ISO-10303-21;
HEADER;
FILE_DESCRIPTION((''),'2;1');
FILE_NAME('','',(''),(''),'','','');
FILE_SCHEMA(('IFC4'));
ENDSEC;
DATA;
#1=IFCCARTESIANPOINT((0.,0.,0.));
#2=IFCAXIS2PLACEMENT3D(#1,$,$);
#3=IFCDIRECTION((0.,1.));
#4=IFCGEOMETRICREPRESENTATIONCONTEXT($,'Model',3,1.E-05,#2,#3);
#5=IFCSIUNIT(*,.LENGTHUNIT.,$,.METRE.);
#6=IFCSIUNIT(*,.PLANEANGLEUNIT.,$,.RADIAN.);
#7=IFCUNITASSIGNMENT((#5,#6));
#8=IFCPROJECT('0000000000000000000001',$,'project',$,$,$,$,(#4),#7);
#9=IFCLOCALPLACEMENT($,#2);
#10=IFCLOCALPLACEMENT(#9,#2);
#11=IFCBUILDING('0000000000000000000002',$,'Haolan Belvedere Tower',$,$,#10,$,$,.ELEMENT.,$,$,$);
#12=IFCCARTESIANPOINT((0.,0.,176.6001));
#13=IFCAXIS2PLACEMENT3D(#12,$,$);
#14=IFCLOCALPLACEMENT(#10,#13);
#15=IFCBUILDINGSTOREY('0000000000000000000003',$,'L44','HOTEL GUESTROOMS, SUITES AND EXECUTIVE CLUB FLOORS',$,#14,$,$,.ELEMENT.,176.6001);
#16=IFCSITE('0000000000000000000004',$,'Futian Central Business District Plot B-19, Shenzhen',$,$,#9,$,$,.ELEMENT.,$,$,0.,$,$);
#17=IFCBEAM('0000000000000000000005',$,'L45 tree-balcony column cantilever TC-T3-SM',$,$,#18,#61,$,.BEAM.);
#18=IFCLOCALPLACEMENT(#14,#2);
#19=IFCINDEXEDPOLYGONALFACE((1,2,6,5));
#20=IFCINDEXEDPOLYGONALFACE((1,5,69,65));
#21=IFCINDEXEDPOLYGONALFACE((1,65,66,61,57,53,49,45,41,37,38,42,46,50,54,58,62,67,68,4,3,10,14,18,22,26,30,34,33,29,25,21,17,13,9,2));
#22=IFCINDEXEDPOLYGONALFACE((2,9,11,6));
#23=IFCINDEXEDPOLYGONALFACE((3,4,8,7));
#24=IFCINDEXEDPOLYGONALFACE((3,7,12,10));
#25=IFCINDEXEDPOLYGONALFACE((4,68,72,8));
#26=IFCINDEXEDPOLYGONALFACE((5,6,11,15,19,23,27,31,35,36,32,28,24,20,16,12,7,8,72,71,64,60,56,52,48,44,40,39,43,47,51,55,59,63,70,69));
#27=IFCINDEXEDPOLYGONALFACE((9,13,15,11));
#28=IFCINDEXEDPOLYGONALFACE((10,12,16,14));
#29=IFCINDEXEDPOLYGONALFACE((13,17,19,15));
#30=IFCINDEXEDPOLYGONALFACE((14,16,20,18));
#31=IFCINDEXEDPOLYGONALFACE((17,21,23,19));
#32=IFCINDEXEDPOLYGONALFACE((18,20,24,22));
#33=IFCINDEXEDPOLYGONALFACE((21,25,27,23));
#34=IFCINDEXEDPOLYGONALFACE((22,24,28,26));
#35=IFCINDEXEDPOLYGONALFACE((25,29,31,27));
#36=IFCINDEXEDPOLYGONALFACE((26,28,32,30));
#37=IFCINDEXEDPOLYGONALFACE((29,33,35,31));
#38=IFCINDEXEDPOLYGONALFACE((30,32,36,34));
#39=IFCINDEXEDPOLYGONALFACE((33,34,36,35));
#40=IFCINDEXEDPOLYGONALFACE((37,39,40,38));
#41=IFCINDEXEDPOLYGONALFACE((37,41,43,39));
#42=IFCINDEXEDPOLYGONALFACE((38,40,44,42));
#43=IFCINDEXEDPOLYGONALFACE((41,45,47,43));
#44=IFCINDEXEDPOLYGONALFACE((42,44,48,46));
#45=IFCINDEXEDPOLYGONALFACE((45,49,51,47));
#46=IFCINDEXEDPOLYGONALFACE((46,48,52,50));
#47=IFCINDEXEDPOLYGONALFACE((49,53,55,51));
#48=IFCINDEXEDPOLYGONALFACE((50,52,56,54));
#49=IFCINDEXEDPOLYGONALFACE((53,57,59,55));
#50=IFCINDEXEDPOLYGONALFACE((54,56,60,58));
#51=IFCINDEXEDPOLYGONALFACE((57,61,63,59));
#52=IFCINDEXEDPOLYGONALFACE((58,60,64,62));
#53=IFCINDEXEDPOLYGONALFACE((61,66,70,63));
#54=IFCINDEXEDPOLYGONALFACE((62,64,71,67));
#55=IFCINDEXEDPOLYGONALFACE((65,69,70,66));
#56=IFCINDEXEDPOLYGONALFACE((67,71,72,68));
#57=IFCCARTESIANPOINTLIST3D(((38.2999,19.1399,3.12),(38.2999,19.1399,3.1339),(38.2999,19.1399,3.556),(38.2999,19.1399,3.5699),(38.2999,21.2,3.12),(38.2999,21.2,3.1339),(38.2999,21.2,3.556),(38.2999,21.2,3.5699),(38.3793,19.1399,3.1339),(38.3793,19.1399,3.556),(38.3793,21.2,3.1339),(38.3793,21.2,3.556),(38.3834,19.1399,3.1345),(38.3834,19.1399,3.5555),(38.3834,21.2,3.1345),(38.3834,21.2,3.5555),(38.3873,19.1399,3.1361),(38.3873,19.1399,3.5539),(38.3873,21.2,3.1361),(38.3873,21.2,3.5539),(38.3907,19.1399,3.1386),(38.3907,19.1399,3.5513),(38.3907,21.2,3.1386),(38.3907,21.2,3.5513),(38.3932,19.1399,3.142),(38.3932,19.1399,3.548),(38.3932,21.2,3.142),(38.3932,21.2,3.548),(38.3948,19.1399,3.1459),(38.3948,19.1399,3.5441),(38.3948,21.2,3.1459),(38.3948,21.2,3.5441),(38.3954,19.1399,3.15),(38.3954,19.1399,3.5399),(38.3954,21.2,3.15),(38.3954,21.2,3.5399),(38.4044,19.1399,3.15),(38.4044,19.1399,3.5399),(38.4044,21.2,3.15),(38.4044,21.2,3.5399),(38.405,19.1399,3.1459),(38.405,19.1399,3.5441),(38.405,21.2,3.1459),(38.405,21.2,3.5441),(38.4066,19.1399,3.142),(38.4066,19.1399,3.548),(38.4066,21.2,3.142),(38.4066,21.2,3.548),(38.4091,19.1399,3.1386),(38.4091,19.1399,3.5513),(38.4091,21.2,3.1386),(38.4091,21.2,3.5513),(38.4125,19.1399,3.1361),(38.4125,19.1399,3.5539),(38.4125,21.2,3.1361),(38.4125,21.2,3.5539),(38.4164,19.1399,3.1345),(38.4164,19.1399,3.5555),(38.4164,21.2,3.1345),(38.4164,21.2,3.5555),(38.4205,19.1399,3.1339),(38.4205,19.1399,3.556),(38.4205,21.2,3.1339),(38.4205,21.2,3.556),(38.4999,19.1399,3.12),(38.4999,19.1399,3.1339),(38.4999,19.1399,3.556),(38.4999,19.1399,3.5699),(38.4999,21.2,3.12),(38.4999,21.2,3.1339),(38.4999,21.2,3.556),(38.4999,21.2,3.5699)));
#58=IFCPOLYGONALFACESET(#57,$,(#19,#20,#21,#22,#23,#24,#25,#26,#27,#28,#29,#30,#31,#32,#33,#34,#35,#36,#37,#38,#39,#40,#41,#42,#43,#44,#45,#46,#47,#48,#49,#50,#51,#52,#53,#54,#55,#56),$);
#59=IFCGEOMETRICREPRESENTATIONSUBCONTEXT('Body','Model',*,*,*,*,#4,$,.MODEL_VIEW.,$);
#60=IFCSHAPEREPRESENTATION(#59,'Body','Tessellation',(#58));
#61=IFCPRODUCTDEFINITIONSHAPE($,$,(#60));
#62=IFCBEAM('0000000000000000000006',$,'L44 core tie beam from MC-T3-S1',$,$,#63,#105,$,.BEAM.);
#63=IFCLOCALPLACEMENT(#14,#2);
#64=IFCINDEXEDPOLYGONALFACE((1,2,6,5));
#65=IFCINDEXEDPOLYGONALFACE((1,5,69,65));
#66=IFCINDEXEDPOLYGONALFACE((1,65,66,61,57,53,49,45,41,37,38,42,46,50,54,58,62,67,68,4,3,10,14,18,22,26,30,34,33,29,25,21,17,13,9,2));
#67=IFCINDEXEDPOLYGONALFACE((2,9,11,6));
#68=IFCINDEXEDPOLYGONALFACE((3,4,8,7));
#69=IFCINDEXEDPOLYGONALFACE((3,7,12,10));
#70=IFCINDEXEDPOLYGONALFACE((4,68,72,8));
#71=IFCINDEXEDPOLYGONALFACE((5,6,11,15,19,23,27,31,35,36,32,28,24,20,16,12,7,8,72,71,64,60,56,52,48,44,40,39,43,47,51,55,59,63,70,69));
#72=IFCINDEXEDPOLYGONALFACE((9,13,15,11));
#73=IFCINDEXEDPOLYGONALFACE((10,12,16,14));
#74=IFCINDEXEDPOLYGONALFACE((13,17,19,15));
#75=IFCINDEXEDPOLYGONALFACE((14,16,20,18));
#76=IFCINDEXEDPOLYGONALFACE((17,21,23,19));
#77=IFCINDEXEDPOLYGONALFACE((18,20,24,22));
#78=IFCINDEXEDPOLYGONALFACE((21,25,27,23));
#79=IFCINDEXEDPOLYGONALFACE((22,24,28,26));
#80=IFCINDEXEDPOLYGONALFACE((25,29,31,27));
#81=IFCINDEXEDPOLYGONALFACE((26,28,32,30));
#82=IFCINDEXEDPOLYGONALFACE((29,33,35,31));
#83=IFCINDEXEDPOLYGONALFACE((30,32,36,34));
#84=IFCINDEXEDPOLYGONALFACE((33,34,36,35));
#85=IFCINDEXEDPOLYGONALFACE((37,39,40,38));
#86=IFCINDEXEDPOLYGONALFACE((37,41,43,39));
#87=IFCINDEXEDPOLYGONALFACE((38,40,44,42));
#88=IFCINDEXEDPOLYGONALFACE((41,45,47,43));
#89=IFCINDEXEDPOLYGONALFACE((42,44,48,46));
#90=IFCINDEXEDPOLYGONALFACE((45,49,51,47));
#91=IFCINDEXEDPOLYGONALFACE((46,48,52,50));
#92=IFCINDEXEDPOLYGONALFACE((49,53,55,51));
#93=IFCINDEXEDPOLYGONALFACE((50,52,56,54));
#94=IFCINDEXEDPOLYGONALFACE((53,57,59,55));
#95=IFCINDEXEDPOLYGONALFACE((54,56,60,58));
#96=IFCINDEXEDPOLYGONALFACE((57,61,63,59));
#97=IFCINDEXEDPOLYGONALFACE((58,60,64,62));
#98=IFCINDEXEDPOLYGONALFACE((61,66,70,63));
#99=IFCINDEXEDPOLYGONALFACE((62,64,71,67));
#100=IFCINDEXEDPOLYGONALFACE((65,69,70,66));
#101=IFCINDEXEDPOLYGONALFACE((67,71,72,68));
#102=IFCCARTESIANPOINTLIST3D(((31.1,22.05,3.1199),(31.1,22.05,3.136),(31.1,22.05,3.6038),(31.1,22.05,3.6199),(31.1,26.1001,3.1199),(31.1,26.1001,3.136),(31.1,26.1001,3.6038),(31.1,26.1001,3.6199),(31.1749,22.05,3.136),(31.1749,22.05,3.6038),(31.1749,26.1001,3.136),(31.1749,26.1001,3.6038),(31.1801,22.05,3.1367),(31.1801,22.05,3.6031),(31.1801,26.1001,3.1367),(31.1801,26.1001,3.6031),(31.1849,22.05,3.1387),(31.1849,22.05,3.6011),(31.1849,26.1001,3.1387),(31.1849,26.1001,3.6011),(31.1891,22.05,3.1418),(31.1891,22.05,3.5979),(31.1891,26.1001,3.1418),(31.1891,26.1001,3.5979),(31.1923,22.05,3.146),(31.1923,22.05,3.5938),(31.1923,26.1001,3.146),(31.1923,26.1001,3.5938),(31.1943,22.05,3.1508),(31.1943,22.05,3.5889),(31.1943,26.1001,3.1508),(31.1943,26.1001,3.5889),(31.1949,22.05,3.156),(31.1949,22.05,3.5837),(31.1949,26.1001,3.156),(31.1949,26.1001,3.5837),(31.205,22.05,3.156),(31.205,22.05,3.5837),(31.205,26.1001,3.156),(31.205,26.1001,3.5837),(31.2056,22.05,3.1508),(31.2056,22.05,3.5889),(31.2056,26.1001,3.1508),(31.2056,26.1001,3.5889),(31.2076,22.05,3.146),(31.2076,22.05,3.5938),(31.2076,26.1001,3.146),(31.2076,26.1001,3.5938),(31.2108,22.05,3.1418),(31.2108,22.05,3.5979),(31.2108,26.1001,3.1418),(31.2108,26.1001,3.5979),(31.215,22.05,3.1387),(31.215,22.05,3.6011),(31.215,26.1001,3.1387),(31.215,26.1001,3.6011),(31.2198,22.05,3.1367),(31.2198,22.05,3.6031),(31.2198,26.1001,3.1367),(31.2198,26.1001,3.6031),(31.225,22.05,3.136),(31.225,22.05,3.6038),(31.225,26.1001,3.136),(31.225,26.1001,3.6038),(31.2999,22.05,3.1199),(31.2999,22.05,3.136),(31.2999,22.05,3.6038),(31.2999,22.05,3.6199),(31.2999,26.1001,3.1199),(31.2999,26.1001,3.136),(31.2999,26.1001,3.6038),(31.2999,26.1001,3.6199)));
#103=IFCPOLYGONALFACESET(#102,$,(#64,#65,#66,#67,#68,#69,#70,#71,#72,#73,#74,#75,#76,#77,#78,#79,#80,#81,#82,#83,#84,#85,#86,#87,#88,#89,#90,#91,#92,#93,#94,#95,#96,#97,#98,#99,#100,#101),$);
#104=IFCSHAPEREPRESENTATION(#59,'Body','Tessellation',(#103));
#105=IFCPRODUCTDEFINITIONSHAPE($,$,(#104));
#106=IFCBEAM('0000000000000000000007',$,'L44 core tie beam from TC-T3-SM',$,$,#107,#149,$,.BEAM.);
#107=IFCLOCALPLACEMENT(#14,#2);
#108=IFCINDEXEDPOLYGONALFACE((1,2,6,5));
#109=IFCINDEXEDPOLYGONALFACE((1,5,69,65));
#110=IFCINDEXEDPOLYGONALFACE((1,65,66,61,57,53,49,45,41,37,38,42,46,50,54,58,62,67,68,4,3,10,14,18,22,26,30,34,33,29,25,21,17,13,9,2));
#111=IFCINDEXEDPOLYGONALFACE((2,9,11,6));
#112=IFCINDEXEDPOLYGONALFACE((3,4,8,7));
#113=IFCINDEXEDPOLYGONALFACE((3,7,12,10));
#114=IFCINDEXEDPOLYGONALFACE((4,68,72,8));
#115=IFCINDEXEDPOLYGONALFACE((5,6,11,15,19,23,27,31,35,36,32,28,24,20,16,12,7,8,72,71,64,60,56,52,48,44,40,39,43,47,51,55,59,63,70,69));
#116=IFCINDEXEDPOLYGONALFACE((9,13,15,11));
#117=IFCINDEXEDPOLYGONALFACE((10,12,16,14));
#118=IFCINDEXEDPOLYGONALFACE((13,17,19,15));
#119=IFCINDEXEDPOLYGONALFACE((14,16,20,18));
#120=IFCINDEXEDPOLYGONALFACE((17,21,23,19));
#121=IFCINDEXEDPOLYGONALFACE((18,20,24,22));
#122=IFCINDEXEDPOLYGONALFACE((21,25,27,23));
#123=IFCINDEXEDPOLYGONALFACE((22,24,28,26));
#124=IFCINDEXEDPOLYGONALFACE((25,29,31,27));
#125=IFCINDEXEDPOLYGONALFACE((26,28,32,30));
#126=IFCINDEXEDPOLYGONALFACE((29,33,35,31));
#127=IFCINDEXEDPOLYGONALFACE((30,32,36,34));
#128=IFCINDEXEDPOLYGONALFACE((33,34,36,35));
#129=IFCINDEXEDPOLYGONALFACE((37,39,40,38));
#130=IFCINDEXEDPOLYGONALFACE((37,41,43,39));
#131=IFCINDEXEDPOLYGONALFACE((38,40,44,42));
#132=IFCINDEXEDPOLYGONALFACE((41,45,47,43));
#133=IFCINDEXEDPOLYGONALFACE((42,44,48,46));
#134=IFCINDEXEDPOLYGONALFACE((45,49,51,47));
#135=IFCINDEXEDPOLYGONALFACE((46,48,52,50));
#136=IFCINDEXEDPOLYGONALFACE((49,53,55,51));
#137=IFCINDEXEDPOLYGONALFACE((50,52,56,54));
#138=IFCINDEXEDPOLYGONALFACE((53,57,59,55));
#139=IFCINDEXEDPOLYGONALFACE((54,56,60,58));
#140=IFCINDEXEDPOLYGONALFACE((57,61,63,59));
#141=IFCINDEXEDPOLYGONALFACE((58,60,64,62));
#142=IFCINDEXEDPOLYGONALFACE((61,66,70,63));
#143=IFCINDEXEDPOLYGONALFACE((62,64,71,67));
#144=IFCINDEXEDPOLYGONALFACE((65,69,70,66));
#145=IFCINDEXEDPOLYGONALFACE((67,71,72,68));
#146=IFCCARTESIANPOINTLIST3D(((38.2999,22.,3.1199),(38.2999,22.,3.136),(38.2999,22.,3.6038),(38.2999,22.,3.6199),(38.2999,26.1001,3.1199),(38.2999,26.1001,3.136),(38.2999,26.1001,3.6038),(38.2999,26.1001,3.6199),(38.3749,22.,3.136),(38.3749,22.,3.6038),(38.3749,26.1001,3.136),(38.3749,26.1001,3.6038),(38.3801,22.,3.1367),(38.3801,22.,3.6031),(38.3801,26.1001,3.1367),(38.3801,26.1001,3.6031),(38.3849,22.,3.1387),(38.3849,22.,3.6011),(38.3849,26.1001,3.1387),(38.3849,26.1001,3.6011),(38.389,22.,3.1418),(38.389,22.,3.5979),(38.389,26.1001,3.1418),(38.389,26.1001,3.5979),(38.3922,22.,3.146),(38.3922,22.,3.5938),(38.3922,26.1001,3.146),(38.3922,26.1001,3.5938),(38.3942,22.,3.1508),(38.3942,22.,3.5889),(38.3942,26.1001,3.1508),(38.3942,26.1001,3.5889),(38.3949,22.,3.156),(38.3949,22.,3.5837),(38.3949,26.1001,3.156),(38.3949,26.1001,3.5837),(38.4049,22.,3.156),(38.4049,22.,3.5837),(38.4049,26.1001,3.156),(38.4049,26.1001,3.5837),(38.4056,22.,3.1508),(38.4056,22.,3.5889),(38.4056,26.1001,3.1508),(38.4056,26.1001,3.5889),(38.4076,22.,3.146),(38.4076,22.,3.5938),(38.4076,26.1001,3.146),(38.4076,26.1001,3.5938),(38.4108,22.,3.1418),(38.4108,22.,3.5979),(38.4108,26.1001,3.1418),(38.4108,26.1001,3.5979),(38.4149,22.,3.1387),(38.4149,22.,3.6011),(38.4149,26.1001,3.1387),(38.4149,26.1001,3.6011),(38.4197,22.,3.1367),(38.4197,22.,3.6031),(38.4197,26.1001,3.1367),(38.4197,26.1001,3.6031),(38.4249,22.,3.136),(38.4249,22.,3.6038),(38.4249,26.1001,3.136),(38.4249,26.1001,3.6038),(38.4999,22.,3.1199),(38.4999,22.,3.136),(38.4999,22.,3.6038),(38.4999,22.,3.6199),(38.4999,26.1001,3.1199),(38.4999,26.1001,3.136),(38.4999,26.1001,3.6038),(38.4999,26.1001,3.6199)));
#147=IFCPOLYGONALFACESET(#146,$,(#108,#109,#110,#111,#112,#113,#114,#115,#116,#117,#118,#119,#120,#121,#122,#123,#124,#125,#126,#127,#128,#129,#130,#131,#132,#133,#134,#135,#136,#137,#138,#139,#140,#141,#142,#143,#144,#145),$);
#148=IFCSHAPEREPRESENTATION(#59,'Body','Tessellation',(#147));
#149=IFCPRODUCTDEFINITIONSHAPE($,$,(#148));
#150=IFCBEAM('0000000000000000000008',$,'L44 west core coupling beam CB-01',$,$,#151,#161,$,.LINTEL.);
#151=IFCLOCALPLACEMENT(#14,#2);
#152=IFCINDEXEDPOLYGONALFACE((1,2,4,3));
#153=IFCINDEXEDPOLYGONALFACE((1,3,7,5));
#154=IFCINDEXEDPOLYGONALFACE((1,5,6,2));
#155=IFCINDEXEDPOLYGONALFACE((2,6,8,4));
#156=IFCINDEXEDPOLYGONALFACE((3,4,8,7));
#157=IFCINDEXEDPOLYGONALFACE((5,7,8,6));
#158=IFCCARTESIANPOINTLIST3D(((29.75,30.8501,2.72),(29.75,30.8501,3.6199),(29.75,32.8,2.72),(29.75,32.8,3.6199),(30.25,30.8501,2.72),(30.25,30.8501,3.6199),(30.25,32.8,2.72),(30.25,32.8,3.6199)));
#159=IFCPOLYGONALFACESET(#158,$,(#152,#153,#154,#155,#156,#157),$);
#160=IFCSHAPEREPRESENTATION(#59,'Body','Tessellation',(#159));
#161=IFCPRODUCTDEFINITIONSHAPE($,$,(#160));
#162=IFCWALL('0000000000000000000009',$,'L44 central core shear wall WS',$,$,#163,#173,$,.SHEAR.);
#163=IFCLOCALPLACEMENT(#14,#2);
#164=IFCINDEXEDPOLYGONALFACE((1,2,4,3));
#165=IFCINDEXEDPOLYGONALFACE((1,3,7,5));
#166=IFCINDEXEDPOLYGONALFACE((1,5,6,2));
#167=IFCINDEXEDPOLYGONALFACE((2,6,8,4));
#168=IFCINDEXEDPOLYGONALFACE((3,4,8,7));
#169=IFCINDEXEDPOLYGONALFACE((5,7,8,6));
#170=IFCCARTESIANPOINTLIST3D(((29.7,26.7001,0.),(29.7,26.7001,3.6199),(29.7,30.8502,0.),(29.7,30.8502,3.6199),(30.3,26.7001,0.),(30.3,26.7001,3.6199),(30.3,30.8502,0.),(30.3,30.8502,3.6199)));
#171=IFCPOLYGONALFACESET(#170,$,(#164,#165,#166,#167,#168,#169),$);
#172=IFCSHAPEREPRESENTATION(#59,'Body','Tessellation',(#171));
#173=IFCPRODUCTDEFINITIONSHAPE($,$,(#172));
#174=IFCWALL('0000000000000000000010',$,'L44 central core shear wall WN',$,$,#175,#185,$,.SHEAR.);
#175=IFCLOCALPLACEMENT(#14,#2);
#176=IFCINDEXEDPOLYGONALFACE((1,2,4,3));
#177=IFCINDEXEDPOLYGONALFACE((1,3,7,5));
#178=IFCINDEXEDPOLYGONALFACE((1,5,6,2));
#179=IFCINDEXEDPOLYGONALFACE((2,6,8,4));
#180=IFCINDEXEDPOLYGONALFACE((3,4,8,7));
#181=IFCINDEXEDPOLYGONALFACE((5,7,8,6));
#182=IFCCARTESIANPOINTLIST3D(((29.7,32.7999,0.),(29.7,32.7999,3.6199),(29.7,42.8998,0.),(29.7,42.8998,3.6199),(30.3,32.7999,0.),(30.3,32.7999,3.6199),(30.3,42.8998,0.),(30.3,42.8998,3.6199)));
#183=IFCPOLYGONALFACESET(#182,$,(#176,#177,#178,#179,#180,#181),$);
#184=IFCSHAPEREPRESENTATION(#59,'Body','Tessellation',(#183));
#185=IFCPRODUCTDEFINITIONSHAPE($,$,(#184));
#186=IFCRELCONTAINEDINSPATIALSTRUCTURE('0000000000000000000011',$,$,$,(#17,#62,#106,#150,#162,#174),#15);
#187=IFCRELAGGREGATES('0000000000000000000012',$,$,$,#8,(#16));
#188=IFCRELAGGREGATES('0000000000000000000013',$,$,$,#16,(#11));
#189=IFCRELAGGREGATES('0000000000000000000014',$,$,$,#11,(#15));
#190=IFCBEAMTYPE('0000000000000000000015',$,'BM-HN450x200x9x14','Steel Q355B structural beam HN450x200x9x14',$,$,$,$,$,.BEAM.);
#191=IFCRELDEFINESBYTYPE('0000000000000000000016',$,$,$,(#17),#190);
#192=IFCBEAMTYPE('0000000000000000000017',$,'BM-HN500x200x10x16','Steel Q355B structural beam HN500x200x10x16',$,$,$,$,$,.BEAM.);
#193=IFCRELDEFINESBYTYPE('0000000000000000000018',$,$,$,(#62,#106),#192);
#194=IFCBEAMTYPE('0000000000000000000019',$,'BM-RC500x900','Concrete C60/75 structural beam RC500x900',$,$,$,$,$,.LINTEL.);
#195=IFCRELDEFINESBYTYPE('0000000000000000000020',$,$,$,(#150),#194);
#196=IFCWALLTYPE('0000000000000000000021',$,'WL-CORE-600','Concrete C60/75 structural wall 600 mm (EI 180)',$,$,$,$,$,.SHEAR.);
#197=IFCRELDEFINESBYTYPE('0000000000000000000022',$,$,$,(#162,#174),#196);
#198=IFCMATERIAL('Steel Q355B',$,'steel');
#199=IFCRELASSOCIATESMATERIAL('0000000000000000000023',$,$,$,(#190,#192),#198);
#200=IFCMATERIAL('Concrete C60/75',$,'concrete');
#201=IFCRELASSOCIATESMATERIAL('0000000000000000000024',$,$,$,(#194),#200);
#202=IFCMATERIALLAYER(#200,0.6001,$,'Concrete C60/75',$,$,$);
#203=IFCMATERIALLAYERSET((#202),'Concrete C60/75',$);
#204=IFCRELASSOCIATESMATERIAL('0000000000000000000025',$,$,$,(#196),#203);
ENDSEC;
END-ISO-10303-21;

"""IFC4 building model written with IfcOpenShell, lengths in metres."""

from ifc_helpers import new_model, si_unit, direction, frame, frame_2d, origin, origin_2d, place, context, subcontext, project, spatial, rectangle, i_section, extrude, material, layer, layer_set, material_profile, profile_set, type_object, element, save


model = new_model("IFC4")

# Units and contexts
model_context = context("Model", 3, precision=1e-05, world=origin(), true_north=direction((0.0, 1.0)))
body_context = subcontext(model_context, "Body", "Model", "MODEL_VIEW")
ifc_project = project(units=[si_unit("LENGTHUNIT", "METRE"), si_unit("PLANEANGLEUNIT", "RADIAN")], contexts=[model_context])

# Site, building, storey
site_placement = place(None, origin())
site = spatial("IfcSite", under=ifc_project, at=site_placement, Name="Futian Central Business District Plot B-19, Shenzhen", CompositionType="ELEMENT", RefElevation=0.0)
building_placement = place(site_placement, origin())
building = spatial("IfcBuilding", under=site, at=building_placement, Name="Haolan Belvedere Tower", CompositionType="ELEMENT")
storey_placement = place(building_placement, frame((0.0, 0.0, 176.6001)))
storey = spatial("IfcBuildingStorey", under=building, at=storey_placement, Name="L44", Description="HOTEL GUESTROOMS, SUITES AND EXECUTIVE CLUB FLOORS", CompositionType="ELEMENT", Elevation=176.6001)

# Beams
ifc_material_1 = material(Name="Steel Q355B", Category="steel")
ifc_material_profile_1 = material_profile(ifc_material_1, i_section(OverallWidth=0.2, OverallDepth=0.45, WebThickness=0.009, FlangeThickness=0.0139, FilletRadius=0.0161, at=origin_2d()), Name="Steel Q355B")
ifc_profile_set_1 = profile_set([ifc_material_profile_1], Name="Steel Q355B")
beam_type_1 = type_object("IfcBeamType", Name="BM-HN450x200x9x14", Description="Steel Q355B structural beam HN450x200x9x14", PredefinedType="BEAM", material=ifc_profile_set_1)
beam_1_placement = place(storey_placement, frame((38.3999, 21.2, 3.345), z_axis=(0.0, -1.0, 0.0), x_axis=(1.0, 0.0, 0.0)))
element("IfcBeam", 1, at=beam_1_placement, inside=storey, type_object=beam_type_1, Name="L45 tree-balcony column cantilever TC-T3-SM", PredefinedType="BEAM", context=body_context, shape_type="SweptSolid", body=[
    extrude(i_section(OverallWidth=0.2, OverallDepth=0.45, WebThickness=0.009, FlangeThickness=0.0139, FilletRadius=0.0161, at=origin_2d()), origin(), (0.0, 0.0, 1.0), 2.0601),
])
ifc_material_profile_2 = material_profile(ifc_material_1, i_section(OverallWidth=0.2, OverallDepth=0.5, WebThickness=0.01, FlangeThickness=0.0161, FilletRadius=0.02, at=origin_2d()), Name="Steel Q355B")
ifc_profile_set_2 = profile_set([ifc_material_profile_2], Name="Steel Q355B")
beam_type_2 = type_object("IfcBeamType", Name="BM-HN500x200x10x16", Description="Steel Q355B structural beam HN500x200x10x16", PredefinedType="BEAM", material=ifc_profile_set_2)
beam_2_placement = place(storey_placement, frame((31.2, 22.05, 3.3699), z_axis=(0.0, 1.0, 0.0), x_axis=(-1.0, 0.0, 0.0)))
element("IfcBeam", 2, at=beam_2_placement, inside=storey, type_object=beam_type_2, Name="L44 core tie beam from MC-T3-S1", PredefinedType="BEAM", context=body_context, shape_type="SweptSolid", body=[
    extrude(i_section(OverallWidth=0.2, OverallDepth=0.5, WebThickness=0.01, FlangeThickness=0.0161, FilletRadius=0.02, at=origin_2d()), origin(), (0.0, 0.0, 1.0), 4.05),
])
beam_3_placement = place(storey_placement, frame((38.3999, 22.0, 3.3699), z_axis=(0.0, 1.0, 0.0), x_axis=(-1.0, 0.0, 0.0)))
element("IfcBeam", 3, at=beam_3_placement, inside=storey, type_object=beam_type_2, Name="L44 core tie beam from TC-T3-SM", PredefinedType="BEAM", context=body_context, shape_type="SweptSolid", body=[
    extrude(i_section(OverallWidth=0.2, OverallDepth=0.5, WebThickness=0.01, FlangeThickness=0.0161, FilletRadius=0.02, at=origin_2d()), origin(), (0.0, 0.0, 1.0), 4.1001),
])
ifc_material_2 = material(Name="Concrete C60/75", Category="concrete")
ifc_material_profile_3 = material_profile(ifc_material_2, rectangle(XDim=0.5, YDim=0.8999, at=origin_2d()), Name="Concrete C60/75")
ifc_profile_set_3 = profile_set([ifc_material_profile_3], Name="Concrete C60/75")
beam_type_3 = type_object("IfcBeamType", Name="BM-RC500x900", Description="Concrete C60/75 structural beam RC500x900", PredefinedType="LINTEL", material=ifc_profile_set_3)
beam_4_placement = place(storey_placement, frame((30.0, 30.8501, 3.1699), z_axis=(0.0, 1.0, 0.0), x_axis=(-1.0, 0.0, 0.0)))
element("IfcBeam", 4, at=beam_4_placement, inside=storey, type_object=beam_type_3, Name="L44 west core coupling beam CB-01", PredefinedType="LINTEL", context=body_context, shape_type="SweptSolid", body=[
    extrude(rectangle(XDim=0.5, YDim=0.8999, at=origin_2d()), origin(), (0.0, 0.0, 1.0), 1.95),
])

# Walls
ifc_layer_1 = layer(ifc_material_2, 0.6001, Name="Concrete C60/75")
ifc_layer_set_1 = layer_set([ifc_layer_1], Name="Concrete C60/75")
wall_type_1 = type_object("IfcWallType", Name="WL-CORE-600", Description="Concrete C60/75 structural wall 600 mm (EI 180)", PredefinedType="SHEAR", material=ifc_layer_set_1)
wall_1_placement = place(storey_placement, frame((30.0, 26.7, 0.0), z_axis=(0.0, 0.0, 1.0), x_axis=(0.0, 1.0, 0.0)))
element("IfcWall", 5, at=wall_1_placement, inside=storey, type_object=wall_type_1, Name="L44 central core shear wall WS", PredefinedType="SHEAR", context=body_context, shape_type="SweptSolid", body=[
    extrude(rectangle(XDim=4.1501, YDim=0.6001, at=frame_2d((2.0752, 0.0))), origin(), (0.0, 0.0, 1.0), 3.6199),
])
wall_2_placement = place(storey_placement, frame((30.0, 32.8, 0.0), z_axis=(0.0, 0.0, 1.0), x_axis=(0.0, 1.0, 0.0)))
element("IfcWall", 6, at=wall_2_placement, inside=storey, type_object=wall_type_1, Name="L44 central core shear wall WN", PredefinedType="SHEAR", context=body_context, shape_type="SweptSolid", body=[
    extrude(rectangle(XDim=10.0999, YDim=0.6001, at=frame_2d((5.0498, 0.0))), origin(), (0.0, 0.0, 1.0), 3.6199),
])

save(model, "model.ifc")
